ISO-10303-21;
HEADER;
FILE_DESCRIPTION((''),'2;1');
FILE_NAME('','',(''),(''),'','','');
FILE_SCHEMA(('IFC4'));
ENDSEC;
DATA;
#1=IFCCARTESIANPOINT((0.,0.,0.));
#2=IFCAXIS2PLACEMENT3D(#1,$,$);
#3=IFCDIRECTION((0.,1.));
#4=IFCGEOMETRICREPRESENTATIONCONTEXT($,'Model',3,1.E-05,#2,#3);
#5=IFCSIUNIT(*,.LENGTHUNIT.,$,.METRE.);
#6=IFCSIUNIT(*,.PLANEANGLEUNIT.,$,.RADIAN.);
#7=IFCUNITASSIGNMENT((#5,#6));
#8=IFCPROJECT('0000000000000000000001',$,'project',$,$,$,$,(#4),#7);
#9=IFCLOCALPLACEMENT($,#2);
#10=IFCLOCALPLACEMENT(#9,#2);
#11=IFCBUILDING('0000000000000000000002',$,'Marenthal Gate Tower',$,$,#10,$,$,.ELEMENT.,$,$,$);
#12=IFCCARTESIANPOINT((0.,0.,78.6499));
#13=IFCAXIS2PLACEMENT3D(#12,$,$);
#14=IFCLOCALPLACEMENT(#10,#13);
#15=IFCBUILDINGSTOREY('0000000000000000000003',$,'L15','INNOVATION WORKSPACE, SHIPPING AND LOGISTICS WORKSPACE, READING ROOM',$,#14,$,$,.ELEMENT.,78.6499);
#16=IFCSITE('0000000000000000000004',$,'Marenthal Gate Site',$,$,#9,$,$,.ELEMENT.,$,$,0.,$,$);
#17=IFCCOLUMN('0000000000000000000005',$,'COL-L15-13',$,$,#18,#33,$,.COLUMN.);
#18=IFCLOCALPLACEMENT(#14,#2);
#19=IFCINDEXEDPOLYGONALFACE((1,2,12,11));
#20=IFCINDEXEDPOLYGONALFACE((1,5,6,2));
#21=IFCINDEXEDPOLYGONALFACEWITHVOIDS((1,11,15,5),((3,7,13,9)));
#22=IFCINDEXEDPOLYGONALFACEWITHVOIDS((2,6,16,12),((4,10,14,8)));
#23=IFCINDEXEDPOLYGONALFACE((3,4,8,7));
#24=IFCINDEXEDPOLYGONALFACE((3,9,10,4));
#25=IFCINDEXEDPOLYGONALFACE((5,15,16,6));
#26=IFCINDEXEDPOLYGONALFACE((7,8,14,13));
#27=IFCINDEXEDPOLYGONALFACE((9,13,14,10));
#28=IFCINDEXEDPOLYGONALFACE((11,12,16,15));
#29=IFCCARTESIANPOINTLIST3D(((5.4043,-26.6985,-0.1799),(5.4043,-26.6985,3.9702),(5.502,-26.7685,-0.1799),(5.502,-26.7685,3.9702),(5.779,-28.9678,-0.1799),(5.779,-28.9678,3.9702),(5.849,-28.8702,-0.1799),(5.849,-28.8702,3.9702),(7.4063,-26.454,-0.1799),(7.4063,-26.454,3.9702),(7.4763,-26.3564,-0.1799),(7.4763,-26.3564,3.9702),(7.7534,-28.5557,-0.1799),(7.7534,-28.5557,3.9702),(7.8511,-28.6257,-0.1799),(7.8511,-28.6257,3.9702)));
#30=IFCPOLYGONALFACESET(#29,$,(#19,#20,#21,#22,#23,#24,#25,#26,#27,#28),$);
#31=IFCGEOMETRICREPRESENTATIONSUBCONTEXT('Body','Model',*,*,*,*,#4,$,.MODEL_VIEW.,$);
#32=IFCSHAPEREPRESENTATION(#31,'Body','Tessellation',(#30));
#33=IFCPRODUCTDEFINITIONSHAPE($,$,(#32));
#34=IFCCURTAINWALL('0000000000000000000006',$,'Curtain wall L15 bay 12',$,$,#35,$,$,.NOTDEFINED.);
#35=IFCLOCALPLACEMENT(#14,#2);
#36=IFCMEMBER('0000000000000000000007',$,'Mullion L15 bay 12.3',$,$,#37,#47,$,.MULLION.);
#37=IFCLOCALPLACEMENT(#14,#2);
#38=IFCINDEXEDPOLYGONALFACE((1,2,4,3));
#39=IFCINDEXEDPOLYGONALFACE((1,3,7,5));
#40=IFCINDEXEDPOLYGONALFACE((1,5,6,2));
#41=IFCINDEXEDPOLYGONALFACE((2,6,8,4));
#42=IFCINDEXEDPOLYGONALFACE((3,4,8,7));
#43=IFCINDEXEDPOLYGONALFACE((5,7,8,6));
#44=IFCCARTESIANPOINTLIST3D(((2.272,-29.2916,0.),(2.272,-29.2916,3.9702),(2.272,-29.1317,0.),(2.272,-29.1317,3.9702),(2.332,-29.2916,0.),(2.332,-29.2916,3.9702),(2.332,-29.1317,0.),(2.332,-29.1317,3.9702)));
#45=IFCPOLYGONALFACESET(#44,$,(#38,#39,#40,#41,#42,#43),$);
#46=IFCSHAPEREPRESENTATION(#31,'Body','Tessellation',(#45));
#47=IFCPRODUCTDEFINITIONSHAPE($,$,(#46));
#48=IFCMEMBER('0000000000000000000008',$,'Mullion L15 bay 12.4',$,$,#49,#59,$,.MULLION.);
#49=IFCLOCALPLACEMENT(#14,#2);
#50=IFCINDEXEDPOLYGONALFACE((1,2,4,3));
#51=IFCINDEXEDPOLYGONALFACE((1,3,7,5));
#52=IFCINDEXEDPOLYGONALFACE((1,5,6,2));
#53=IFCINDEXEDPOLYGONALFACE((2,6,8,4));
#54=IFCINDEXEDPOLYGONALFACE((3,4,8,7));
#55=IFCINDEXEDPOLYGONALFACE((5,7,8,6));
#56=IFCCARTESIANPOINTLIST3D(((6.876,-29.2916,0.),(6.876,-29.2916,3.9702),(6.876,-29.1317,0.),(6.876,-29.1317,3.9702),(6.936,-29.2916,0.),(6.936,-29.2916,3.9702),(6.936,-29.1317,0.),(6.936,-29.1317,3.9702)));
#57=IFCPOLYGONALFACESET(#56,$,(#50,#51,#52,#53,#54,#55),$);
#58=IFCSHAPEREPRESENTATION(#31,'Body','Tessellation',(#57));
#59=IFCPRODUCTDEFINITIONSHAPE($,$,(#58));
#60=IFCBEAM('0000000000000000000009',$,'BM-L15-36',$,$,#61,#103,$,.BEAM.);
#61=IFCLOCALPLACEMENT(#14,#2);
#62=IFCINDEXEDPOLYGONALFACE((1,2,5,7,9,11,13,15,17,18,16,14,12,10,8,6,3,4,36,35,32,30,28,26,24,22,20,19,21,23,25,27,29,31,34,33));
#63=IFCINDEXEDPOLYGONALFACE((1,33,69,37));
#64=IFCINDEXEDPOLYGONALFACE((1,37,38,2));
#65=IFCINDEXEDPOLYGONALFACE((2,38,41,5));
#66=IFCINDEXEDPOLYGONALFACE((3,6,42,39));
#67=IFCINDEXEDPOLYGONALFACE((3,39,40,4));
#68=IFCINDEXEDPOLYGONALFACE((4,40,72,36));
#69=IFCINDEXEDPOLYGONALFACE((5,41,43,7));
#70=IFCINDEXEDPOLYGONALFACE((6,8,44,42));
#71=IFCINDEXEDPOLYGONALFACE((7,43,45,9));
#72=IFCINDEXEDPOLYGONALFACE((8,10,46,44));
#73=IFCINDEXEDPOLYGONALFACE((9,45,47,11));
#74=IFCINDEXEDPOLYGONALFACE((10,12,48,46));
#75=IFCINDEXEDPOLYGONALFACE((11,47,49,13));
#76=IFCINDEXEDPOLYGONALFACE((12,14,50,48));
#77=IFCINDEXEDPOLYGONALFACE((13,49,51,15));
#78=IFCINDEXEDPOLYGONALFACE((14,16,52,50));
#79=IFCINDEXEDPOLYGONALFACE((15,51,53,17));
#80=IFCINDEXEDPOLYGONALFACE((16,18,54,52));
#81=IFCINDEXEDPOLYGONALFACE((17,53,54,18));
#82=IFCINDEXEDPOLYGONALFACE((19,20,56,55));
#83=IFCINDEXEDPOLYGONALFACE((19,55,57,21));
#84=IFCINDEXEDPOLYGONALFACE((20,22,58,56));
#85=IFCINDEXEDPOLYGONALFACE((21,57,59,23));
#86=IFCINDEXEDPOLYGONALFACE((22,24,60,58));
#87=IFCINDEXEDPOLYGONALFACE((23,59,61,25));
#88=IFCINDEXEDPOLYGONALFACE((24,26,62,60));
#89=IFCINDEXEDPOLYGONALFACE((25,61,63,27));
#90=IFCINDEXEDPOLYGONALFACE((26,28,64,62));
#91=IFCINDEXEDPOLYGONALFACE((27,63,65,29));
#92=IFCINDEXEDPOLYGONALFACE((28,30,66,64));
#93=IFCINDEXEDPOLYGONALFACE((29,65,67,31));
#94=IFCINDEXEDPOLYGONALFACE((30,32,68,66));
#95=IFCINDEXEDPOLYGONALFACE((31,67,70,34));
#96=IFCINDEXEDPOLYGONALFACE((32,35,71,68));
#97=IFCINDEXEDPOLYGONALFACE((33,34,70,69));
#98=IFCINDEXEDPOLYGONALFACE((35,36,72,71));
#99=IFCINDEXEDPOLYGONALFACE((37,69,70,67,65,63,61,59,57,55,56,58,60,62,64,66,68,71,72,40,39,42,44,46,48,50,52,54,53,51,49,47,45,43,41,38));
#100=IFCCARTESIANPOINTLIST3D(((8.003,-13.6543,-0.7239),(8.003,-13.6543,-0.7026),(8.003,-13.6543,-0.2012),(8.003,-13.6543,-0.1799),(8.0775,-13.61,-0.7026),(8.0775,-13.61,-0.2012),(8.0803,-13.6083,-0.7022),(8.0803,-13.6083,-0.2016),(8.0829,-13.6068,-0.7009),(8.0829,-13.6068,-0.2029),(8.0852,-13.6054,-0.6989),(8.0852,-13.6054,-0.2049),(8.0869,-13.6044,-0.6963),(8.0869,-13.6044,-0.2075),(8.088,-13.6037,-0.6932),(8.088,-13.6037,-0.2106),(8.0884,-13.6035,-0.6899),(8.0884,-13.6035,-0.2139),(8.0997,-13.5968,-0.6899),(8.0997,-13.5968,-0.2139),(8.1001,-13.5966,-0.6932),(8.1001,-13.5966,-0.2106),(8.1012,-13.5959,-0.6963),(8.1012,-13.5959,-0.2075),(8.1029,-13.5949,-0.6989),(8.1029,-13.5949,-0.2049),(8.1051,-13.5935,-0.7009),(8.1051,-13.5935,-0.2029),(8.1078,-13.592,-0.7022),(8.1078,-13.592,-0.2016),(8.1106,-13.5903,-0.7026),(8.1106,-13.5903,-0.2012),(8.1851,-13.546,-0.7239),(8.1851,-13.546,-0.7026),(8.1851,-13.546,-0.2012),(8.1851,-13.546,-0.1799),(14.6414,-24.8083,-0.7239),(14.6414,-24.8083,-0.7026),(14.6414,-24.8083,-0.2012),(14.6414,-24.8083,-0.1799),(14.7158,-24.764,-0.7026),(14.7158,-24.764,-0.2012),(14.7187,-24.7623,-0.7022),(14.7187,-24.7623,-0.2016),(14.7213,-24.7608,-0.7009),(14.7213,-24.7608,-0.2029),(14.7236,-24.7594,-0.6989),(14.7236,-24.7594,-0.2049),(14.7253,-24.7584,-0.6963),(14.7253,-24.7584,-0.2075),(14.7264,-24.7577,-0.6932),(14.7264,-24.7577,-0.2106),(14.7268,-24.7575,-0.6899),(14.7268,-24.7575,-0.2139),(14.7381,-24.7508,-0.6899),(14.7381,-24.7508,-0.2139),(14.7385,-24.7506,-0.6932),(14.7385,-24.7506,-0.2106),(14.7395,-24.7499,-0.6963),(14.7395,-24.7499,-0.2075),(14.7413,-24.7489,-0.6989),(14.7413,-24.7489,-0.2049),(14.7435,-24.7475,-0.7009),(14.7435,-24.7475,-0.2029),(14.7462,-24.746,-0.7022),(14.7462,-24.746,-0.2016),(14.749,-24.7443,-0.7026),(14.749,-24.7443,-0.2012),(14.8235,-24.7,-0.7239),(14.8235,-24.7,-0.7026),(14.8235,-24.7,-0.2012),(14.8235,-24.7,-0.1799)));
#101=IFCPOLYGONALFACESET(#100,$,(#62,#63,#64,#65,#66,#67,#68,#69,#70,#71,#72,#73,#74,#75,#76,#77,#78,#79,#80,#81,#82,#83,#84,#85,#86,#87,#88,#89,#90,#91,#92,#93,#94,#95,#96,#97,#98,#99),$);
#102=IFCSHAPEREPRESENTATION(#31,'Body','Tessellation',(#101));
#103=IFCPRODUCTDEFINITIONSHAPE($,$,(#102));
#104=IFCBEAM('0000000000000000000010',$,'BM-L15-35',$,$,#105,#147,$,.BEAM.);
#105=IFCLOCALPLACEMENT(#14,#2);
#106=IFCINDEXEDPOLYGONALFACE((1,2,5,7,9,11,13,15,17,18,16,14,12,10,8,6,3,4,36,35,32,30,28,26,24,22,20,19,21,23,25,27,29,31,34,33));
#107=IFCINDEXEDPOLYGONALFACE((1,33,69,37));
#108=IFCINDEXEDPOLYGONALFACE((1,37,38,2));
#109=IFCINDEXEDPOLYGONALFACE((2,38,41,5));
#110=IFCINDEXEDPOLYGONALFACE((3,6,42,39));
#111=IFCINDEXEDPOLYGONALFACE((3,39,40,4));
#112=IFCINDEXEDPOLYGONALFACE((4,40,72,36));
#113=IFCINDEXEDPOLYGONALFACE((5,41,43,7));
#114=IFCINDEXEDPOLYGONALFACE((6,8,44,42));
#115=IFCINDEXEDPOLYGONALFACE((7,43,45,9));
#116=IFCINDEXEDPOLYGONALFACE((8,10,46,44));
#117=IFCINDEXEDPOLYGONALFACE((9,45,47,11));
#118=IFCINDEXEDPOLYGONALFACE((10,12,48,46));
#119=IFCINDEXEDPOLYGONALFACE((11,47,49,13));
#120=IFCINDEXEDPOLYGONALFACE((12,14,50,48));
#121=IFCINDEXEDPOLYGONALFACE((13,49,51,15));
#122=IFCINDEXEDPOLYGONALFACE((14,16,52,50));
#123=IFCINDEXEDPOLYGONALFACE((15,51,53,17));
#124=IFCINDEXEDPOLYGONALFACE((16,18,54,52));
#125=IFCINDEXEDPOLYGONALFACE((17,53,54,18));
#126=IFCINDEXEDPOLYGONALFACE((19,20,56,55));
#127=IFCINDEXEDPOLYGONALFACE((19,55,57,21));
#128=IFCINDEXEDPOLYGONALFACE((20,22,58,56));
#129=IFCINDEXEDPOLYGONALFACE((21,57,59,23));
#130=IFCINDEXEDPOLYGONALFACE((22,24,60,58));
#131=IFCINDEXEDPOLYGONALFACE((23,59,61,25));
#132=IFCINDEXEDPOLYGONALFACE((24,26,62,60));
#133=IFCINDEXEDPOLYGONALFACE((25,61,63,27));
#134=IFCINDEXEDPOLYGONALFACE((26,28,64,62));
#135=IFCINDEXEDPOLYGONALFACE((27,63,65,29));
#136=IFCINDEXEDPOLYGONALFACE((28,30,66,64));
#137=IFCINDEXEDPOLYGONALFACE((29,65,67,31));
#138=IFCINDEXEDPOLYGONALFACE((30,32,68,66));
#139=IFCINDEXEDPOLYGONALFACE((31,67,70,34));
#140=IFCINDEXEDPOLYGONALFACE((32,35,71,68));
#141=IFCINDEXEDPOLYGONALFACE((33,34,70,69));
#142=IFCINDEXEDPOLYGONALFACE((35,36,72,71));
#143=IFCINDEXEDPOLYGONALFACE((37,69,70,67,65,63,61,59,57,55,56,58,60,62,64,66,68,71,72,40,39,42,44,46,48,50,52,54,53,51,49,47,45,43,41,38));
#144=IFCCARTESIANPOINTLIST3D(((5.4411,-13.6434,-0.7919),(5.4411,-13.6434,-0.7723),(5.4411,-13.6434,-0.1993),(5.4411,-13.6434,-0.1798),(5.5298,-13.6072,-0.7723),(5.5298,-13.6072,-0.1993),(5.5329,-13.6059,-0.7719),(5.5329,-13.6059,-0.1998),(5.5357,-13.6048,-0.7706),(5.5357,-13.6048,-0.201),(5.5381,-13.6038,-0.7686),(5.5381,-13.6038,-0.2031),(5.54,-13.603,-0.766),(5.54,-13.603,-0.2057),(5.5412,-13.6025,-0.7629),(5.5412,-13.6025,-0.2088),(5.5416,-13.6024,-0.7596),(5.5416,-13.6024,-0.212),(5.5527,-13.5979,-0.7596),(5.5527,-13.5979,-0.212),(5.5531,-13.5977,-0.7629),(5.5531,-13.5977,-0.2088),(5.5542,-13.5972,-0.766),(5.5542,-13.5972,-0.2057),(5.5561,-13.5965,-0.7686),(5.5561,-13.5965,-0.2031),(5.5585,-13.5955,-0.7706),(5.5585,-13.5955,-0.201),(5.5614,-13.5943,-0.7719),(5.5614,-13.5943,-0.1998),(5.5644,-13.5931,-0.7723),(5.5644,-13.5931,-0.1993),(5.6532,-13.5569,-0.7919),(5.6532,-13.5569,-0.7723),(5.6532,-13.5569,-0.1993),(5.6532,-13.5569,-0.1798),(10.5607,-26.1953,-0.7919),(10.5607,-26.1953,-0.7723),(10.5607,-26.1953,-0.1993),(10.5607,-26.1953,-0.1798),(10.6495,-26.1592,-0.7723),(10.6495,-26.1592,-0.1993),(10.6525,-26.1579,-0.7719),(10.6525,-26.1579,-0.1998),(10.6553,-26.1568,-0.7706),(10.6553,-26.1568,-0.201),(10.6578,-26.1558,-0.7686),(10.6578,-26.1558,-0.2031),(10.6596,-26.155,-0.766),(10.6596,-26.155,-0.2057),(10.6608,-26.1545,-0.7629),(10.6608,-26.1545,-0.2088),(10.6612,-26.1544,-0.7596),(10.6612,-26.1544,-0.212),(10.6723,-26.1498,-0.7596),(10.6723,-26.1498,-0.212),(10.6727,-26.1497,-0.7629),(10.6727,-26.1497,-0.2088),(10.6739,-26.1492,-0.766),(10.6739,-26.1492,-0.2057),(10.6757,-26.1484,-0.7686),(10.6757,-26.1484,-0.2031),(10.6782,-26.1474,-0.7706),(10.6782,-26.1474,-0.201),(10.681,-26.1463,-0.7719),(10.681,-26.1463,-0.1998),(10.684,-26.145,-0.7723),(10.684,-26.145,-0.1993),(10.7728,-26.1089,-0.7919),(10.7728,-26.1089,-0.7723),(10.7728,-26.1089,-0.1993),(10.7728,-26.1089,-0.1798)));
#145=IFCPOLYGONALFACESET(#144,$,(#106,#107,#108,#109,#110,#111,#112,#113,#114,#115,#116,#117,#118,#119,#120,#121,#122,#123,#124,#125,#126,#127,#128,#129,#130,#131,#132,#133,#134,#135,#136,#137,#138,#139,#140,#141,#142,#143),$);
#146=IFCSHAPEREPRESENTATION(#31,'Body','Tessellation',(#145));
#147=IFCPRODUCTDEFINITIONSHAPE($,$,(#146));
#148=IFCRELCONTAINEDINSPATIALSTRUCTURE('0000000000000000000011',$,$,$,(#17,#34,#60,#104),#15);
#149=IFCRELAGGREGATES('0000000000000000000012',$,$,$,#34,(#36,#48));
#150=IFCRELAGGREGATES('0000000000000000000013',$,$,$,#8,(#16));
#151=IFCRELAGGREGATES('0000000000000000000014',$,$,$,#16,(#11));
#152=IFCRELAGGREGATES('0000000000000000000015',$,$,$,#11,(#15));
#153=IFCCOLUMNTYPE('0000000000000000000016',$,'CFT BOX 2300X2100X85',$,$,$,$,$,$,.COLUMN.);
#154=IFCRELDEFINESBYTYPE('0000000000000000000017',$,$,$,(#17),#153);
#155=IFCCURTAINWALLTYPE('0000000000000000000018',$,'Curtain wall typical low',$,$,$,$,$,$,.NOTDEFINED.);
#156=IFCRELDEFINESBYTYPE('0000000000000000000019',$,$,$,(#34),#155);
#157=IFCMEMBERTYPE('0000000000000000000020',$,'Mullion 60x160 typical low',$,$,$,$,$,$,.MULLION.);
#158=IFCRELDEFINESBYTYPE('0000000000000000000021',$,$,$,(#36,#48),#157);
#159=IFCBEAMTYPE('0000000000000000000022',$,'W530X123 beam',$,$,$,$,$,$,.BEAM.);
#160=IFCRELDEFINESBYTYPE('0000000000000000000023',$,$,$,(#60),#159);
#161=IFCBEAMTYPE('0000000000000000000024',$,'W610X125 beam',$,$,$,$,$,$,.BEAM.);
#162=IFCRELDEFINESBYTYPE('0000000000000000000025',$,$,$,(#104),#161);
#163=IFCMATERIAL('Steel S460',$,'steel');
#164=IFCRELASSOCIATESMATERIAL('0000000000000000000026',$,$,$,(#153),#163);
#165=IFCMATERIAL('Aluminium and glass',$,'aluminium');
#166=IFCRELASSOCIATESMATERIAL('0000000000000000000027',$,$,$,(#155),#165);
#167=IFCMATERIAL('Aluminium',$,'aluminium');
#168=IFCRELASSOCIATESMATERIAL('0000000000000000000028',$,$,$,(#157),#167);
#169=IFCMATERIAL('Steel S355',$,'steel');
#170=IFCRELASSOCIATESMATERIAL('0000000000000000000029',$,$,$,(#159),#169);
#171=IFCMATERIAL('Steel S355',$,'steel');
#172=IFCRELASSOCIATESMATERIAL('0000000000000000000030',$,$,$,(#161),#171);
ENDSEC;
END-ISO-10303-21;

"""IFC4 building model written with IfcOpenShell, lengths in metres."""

from ifc_helpers import new_model, si_unit, direction, frame, origin, origin_2d, place, context, subcontext, project, spatial, rectangle, hollow_rectangle, i_section, extrude, material, material_profile, profile_set, type_object, element, aggregate, save


model = new_model("IFC4")

# Units and contexts
model_context = context("Model", 3, precision=1e-05, world=origin(), true_north=direction((0.0, 1.0)))
body_context = subcontext(model_context, "Body", "Model", "MODEL_VIEW")
ifc_project = project(units=[si_unit("LENGTHUNIT", "METRE"), si_unit("PLANEANGLEUNIT", "RADIAN")], contexts=[model_context])

# Site, building, storey
site_placement = place(None, origin())
site = spatial("IfcSite", under=ifc_project, at=site_placement, Name="Marenthal Gate Site", CompositionType="ELEMENT", RefElevation=0.0)
building_placement = place(site_placement, origin())
building = spatial("IfcBuilding", under=site, at=building_placement, Name="Marenthal Gate Tower", CompositionType="ELEMENT")
storey_placement = place(building_placement, frame((0.0, 0.0, 78.6499)))
storey = spatial("IfcBuildingStorey", under=building, at=storey_placement, Name="L15", Description="INNOVATION WORKSPACE, SHIPPING AND LOGISTICS WORKSPACE, READING ROOM", CompositionType="ELEMENT", Elevation=78.6499)

# Column
ifc_material_1 = material(Name="Steel S460", Category="steel")
ifc_material_profile_1 = material_profile(ifc_material_1, hollow_rectangle(XDim=2.1001, YDim=2.3, WallThickness=0.085, at=origin_2d()), Name="CFT BOX 2300X2100X85")
ifc_material_2 = material(Name="Concrete 70 MPa", Category="concrete")
ifc_material_profile_2 = material_profile(ifc_material_2, rectangle(XDim=1.9299, YDim=2.1299, at=origin_2d()), Name="CFT BOX 2300X2100X85 INFILL")
ifc_profile_set_1 = profile_set([ifc_material_profile_1, ifc_material_profile_2], Name="Steel S460 shell, Concrete 70 MPa infill")
column_type = type_object("IfcColumnType", Name="CFT BOX 2300X2100X85", PredefinedType="COLUMN", material=ifc_profile_set_1)
column_placement = place(storey_placement, frame((6.6277, -27.6621, -0.1799), z_axis=(0.0, 0.0, 1.0), x_axis=(-0.986638, -0.162928, 0.0)))
element("IfcColumn", 1, at=column_placement, inside=storey, type_object=column_type, Name="COL-L15-13", PredefinedType="COLUMN", context=body_context, shape_type="SweptSolid", body=[
    extrude(hollow_rectangle(XDim=2.1001, YDim=2.3, WallThickness=0.085, at=origin_2d()), origin(), (0.0, 0.0, 1.0), 4.1501),
])

# Curtain wall, members
ifc_material_3 = material(Name="Aluminium and glass", Category="aluminium")
curtain_wall_type = type_object("IfcCurtainWallType", Name="Curtain wall typical low", PredefinedType="NOTDEFINED", material=ifc_material_3)
curtain_wall_placement = place(storey_placement, origin())
curtain_wall = element("IfcCurtainWall", 2, at=curtain_wall_placement, inside=storey, type_object=curtain_wall_type, Name="Curtain wall L15 bay 12", PredefinedType="NOTDEFINED")
ifc_material_4 = material(Name="Aluminium", Category="aluminium")
ifc_material_profile_3 = material_profile(ifc_material_4, rectangle(XDim=0.1599, YDim=0.0601, at=origin_2d()), Name="60x160 aluminium mullion")
ifc_profile_set_2 = profile_set([ifc_material_profile_3], Name="Aluminium")
member_type = type_object("IfcMemberType", Name="Mullion 60x160 typical low", PredefinedType="MULLION", material=ifc_profile_set_2)
member_1_placement = place(storey_placement, frame((2.302, -29.2117, 0.0), z_axis=(0.0, 0.0, 1.0), x_axis=(0.0, 1.0, 0.0)))
member_1 = element("IfcMember", 3, at=member_1_placement, type_object=member_type, Name="Mullion L15 bay 12.3", PredefinedType="MULLION", context=body_context, shape_type="SweptSolid", body=[
    extrude(rectangle(XDim=0.1599, YDim=0.0601, at=origin_2d()), origin(), (0.0, 0.0, 1.0), 3.9702),
])
member_2_placement = place(storey_placement, frame((6.906, -29.2117, 0.0), z_axis=(0.0, 0.0, 1.0), x_axis=(0.0, 1.0, 0.0)))
member_2 = element("IfcMember", 4, at=member_2_placement, type_object=member_type, Name="Mullion L15 bay 12.4", PredefinedType="MULLION", context=body_context, shape_type="SweptSolid", body=[
    extrude(rectangle(XDim=0.1599, YDim=0.0601, at=origin_2d()), origin(), (0.0, 0.0, 1.0), 3.9702),
])

# Beams
ifc_material_5 = material(Name="Steel S355", Category="steel")
ifc_material_profile_4 = material_profile(ifc_material_5, i_section(OverallWidth=0.2119, OverallDepth=0.5439, WebThickness=0.0132, FlangeThickness=0.0212, FilletRadius=0.0127, at=origin_2d()), Name="W530X123")
ifc_profile_set_3 = profile_set([ifc_material_profile_4], Name="Steel S355")
beam_type_1 = type_object("IfcBeamType", Name="W530X123 beam", PredefinedType="BEAM", material=ifc_profile_set_3)
beam_1_placement = place(storey_placement, frame((14.7324, -24.7542, -0.4519), z_axis=(-0.511433, 0.859323, 0.0), x_axis=(-0.859323, -0.511433, 0.0)))
element("IfcBeam", 5, at=beam_1_placement, inside=storey, type_object=beam_type_1, Name="BM-L15-36", PredefinedType="BEAM", context=body_context, shape_type="SweptSolid", body=[
    extrude(i_section(OverallWidth=0.2119, OverallDepth=0.5439, WebThickness=0.0132, FlangeThickness=0.0212, FilletRadius=0.0127, at=origin_2d()), origin(), (0.0, 0.0, 1.0), 12.98),
])
ifc_material_6 = material(Name="Steel S355", Category="steel")
ifc_material_profile_5 = material_profile(ifc_material_6, i_section(OverallWidth=0.229, OverallDepth=0.6121, WebThickness=0.012, FlangeThickness=0.0195, FilletRadius=0.0127, at=origin_2d()), Name="W610X125")
ifc_profile_set_4 = profile_set([ifc_material_profile_5], Name="Steel S355")
beam_type_2 = type_object("IfcBeamType", Name="W610X125 beam", PredefinedType="BEAM", material=ifc_profile_set_4)
beam_2_placement = place(storey_placement, frame((10.6667, -26.1521, -0.4858), z_axis=(-0.377667, 0.925941, 0.0), x_axis=(-0.925941, -0.377667, 0.0)))
element("IfcBeam", 6, at=beam_2_placement, inside=storey, type_object=beam_type_2, Name="BM-L15-35", PredefinedType="BEAM", context=body_context, shape_type="SweptSolid", body=[
    extrude(i_section(OverallWidth=0.229, OverallDepth=0.6121, WebThickness=0.012, FlangeThickness=0.0195, FilletRadius=0.0127, at=origin_2d()), origin(), (0.0, 0.0, 1.0), 13.5559),
])

aggregate(curtain_wall, [member_1, member_2])

save(model, "model.ifc")
